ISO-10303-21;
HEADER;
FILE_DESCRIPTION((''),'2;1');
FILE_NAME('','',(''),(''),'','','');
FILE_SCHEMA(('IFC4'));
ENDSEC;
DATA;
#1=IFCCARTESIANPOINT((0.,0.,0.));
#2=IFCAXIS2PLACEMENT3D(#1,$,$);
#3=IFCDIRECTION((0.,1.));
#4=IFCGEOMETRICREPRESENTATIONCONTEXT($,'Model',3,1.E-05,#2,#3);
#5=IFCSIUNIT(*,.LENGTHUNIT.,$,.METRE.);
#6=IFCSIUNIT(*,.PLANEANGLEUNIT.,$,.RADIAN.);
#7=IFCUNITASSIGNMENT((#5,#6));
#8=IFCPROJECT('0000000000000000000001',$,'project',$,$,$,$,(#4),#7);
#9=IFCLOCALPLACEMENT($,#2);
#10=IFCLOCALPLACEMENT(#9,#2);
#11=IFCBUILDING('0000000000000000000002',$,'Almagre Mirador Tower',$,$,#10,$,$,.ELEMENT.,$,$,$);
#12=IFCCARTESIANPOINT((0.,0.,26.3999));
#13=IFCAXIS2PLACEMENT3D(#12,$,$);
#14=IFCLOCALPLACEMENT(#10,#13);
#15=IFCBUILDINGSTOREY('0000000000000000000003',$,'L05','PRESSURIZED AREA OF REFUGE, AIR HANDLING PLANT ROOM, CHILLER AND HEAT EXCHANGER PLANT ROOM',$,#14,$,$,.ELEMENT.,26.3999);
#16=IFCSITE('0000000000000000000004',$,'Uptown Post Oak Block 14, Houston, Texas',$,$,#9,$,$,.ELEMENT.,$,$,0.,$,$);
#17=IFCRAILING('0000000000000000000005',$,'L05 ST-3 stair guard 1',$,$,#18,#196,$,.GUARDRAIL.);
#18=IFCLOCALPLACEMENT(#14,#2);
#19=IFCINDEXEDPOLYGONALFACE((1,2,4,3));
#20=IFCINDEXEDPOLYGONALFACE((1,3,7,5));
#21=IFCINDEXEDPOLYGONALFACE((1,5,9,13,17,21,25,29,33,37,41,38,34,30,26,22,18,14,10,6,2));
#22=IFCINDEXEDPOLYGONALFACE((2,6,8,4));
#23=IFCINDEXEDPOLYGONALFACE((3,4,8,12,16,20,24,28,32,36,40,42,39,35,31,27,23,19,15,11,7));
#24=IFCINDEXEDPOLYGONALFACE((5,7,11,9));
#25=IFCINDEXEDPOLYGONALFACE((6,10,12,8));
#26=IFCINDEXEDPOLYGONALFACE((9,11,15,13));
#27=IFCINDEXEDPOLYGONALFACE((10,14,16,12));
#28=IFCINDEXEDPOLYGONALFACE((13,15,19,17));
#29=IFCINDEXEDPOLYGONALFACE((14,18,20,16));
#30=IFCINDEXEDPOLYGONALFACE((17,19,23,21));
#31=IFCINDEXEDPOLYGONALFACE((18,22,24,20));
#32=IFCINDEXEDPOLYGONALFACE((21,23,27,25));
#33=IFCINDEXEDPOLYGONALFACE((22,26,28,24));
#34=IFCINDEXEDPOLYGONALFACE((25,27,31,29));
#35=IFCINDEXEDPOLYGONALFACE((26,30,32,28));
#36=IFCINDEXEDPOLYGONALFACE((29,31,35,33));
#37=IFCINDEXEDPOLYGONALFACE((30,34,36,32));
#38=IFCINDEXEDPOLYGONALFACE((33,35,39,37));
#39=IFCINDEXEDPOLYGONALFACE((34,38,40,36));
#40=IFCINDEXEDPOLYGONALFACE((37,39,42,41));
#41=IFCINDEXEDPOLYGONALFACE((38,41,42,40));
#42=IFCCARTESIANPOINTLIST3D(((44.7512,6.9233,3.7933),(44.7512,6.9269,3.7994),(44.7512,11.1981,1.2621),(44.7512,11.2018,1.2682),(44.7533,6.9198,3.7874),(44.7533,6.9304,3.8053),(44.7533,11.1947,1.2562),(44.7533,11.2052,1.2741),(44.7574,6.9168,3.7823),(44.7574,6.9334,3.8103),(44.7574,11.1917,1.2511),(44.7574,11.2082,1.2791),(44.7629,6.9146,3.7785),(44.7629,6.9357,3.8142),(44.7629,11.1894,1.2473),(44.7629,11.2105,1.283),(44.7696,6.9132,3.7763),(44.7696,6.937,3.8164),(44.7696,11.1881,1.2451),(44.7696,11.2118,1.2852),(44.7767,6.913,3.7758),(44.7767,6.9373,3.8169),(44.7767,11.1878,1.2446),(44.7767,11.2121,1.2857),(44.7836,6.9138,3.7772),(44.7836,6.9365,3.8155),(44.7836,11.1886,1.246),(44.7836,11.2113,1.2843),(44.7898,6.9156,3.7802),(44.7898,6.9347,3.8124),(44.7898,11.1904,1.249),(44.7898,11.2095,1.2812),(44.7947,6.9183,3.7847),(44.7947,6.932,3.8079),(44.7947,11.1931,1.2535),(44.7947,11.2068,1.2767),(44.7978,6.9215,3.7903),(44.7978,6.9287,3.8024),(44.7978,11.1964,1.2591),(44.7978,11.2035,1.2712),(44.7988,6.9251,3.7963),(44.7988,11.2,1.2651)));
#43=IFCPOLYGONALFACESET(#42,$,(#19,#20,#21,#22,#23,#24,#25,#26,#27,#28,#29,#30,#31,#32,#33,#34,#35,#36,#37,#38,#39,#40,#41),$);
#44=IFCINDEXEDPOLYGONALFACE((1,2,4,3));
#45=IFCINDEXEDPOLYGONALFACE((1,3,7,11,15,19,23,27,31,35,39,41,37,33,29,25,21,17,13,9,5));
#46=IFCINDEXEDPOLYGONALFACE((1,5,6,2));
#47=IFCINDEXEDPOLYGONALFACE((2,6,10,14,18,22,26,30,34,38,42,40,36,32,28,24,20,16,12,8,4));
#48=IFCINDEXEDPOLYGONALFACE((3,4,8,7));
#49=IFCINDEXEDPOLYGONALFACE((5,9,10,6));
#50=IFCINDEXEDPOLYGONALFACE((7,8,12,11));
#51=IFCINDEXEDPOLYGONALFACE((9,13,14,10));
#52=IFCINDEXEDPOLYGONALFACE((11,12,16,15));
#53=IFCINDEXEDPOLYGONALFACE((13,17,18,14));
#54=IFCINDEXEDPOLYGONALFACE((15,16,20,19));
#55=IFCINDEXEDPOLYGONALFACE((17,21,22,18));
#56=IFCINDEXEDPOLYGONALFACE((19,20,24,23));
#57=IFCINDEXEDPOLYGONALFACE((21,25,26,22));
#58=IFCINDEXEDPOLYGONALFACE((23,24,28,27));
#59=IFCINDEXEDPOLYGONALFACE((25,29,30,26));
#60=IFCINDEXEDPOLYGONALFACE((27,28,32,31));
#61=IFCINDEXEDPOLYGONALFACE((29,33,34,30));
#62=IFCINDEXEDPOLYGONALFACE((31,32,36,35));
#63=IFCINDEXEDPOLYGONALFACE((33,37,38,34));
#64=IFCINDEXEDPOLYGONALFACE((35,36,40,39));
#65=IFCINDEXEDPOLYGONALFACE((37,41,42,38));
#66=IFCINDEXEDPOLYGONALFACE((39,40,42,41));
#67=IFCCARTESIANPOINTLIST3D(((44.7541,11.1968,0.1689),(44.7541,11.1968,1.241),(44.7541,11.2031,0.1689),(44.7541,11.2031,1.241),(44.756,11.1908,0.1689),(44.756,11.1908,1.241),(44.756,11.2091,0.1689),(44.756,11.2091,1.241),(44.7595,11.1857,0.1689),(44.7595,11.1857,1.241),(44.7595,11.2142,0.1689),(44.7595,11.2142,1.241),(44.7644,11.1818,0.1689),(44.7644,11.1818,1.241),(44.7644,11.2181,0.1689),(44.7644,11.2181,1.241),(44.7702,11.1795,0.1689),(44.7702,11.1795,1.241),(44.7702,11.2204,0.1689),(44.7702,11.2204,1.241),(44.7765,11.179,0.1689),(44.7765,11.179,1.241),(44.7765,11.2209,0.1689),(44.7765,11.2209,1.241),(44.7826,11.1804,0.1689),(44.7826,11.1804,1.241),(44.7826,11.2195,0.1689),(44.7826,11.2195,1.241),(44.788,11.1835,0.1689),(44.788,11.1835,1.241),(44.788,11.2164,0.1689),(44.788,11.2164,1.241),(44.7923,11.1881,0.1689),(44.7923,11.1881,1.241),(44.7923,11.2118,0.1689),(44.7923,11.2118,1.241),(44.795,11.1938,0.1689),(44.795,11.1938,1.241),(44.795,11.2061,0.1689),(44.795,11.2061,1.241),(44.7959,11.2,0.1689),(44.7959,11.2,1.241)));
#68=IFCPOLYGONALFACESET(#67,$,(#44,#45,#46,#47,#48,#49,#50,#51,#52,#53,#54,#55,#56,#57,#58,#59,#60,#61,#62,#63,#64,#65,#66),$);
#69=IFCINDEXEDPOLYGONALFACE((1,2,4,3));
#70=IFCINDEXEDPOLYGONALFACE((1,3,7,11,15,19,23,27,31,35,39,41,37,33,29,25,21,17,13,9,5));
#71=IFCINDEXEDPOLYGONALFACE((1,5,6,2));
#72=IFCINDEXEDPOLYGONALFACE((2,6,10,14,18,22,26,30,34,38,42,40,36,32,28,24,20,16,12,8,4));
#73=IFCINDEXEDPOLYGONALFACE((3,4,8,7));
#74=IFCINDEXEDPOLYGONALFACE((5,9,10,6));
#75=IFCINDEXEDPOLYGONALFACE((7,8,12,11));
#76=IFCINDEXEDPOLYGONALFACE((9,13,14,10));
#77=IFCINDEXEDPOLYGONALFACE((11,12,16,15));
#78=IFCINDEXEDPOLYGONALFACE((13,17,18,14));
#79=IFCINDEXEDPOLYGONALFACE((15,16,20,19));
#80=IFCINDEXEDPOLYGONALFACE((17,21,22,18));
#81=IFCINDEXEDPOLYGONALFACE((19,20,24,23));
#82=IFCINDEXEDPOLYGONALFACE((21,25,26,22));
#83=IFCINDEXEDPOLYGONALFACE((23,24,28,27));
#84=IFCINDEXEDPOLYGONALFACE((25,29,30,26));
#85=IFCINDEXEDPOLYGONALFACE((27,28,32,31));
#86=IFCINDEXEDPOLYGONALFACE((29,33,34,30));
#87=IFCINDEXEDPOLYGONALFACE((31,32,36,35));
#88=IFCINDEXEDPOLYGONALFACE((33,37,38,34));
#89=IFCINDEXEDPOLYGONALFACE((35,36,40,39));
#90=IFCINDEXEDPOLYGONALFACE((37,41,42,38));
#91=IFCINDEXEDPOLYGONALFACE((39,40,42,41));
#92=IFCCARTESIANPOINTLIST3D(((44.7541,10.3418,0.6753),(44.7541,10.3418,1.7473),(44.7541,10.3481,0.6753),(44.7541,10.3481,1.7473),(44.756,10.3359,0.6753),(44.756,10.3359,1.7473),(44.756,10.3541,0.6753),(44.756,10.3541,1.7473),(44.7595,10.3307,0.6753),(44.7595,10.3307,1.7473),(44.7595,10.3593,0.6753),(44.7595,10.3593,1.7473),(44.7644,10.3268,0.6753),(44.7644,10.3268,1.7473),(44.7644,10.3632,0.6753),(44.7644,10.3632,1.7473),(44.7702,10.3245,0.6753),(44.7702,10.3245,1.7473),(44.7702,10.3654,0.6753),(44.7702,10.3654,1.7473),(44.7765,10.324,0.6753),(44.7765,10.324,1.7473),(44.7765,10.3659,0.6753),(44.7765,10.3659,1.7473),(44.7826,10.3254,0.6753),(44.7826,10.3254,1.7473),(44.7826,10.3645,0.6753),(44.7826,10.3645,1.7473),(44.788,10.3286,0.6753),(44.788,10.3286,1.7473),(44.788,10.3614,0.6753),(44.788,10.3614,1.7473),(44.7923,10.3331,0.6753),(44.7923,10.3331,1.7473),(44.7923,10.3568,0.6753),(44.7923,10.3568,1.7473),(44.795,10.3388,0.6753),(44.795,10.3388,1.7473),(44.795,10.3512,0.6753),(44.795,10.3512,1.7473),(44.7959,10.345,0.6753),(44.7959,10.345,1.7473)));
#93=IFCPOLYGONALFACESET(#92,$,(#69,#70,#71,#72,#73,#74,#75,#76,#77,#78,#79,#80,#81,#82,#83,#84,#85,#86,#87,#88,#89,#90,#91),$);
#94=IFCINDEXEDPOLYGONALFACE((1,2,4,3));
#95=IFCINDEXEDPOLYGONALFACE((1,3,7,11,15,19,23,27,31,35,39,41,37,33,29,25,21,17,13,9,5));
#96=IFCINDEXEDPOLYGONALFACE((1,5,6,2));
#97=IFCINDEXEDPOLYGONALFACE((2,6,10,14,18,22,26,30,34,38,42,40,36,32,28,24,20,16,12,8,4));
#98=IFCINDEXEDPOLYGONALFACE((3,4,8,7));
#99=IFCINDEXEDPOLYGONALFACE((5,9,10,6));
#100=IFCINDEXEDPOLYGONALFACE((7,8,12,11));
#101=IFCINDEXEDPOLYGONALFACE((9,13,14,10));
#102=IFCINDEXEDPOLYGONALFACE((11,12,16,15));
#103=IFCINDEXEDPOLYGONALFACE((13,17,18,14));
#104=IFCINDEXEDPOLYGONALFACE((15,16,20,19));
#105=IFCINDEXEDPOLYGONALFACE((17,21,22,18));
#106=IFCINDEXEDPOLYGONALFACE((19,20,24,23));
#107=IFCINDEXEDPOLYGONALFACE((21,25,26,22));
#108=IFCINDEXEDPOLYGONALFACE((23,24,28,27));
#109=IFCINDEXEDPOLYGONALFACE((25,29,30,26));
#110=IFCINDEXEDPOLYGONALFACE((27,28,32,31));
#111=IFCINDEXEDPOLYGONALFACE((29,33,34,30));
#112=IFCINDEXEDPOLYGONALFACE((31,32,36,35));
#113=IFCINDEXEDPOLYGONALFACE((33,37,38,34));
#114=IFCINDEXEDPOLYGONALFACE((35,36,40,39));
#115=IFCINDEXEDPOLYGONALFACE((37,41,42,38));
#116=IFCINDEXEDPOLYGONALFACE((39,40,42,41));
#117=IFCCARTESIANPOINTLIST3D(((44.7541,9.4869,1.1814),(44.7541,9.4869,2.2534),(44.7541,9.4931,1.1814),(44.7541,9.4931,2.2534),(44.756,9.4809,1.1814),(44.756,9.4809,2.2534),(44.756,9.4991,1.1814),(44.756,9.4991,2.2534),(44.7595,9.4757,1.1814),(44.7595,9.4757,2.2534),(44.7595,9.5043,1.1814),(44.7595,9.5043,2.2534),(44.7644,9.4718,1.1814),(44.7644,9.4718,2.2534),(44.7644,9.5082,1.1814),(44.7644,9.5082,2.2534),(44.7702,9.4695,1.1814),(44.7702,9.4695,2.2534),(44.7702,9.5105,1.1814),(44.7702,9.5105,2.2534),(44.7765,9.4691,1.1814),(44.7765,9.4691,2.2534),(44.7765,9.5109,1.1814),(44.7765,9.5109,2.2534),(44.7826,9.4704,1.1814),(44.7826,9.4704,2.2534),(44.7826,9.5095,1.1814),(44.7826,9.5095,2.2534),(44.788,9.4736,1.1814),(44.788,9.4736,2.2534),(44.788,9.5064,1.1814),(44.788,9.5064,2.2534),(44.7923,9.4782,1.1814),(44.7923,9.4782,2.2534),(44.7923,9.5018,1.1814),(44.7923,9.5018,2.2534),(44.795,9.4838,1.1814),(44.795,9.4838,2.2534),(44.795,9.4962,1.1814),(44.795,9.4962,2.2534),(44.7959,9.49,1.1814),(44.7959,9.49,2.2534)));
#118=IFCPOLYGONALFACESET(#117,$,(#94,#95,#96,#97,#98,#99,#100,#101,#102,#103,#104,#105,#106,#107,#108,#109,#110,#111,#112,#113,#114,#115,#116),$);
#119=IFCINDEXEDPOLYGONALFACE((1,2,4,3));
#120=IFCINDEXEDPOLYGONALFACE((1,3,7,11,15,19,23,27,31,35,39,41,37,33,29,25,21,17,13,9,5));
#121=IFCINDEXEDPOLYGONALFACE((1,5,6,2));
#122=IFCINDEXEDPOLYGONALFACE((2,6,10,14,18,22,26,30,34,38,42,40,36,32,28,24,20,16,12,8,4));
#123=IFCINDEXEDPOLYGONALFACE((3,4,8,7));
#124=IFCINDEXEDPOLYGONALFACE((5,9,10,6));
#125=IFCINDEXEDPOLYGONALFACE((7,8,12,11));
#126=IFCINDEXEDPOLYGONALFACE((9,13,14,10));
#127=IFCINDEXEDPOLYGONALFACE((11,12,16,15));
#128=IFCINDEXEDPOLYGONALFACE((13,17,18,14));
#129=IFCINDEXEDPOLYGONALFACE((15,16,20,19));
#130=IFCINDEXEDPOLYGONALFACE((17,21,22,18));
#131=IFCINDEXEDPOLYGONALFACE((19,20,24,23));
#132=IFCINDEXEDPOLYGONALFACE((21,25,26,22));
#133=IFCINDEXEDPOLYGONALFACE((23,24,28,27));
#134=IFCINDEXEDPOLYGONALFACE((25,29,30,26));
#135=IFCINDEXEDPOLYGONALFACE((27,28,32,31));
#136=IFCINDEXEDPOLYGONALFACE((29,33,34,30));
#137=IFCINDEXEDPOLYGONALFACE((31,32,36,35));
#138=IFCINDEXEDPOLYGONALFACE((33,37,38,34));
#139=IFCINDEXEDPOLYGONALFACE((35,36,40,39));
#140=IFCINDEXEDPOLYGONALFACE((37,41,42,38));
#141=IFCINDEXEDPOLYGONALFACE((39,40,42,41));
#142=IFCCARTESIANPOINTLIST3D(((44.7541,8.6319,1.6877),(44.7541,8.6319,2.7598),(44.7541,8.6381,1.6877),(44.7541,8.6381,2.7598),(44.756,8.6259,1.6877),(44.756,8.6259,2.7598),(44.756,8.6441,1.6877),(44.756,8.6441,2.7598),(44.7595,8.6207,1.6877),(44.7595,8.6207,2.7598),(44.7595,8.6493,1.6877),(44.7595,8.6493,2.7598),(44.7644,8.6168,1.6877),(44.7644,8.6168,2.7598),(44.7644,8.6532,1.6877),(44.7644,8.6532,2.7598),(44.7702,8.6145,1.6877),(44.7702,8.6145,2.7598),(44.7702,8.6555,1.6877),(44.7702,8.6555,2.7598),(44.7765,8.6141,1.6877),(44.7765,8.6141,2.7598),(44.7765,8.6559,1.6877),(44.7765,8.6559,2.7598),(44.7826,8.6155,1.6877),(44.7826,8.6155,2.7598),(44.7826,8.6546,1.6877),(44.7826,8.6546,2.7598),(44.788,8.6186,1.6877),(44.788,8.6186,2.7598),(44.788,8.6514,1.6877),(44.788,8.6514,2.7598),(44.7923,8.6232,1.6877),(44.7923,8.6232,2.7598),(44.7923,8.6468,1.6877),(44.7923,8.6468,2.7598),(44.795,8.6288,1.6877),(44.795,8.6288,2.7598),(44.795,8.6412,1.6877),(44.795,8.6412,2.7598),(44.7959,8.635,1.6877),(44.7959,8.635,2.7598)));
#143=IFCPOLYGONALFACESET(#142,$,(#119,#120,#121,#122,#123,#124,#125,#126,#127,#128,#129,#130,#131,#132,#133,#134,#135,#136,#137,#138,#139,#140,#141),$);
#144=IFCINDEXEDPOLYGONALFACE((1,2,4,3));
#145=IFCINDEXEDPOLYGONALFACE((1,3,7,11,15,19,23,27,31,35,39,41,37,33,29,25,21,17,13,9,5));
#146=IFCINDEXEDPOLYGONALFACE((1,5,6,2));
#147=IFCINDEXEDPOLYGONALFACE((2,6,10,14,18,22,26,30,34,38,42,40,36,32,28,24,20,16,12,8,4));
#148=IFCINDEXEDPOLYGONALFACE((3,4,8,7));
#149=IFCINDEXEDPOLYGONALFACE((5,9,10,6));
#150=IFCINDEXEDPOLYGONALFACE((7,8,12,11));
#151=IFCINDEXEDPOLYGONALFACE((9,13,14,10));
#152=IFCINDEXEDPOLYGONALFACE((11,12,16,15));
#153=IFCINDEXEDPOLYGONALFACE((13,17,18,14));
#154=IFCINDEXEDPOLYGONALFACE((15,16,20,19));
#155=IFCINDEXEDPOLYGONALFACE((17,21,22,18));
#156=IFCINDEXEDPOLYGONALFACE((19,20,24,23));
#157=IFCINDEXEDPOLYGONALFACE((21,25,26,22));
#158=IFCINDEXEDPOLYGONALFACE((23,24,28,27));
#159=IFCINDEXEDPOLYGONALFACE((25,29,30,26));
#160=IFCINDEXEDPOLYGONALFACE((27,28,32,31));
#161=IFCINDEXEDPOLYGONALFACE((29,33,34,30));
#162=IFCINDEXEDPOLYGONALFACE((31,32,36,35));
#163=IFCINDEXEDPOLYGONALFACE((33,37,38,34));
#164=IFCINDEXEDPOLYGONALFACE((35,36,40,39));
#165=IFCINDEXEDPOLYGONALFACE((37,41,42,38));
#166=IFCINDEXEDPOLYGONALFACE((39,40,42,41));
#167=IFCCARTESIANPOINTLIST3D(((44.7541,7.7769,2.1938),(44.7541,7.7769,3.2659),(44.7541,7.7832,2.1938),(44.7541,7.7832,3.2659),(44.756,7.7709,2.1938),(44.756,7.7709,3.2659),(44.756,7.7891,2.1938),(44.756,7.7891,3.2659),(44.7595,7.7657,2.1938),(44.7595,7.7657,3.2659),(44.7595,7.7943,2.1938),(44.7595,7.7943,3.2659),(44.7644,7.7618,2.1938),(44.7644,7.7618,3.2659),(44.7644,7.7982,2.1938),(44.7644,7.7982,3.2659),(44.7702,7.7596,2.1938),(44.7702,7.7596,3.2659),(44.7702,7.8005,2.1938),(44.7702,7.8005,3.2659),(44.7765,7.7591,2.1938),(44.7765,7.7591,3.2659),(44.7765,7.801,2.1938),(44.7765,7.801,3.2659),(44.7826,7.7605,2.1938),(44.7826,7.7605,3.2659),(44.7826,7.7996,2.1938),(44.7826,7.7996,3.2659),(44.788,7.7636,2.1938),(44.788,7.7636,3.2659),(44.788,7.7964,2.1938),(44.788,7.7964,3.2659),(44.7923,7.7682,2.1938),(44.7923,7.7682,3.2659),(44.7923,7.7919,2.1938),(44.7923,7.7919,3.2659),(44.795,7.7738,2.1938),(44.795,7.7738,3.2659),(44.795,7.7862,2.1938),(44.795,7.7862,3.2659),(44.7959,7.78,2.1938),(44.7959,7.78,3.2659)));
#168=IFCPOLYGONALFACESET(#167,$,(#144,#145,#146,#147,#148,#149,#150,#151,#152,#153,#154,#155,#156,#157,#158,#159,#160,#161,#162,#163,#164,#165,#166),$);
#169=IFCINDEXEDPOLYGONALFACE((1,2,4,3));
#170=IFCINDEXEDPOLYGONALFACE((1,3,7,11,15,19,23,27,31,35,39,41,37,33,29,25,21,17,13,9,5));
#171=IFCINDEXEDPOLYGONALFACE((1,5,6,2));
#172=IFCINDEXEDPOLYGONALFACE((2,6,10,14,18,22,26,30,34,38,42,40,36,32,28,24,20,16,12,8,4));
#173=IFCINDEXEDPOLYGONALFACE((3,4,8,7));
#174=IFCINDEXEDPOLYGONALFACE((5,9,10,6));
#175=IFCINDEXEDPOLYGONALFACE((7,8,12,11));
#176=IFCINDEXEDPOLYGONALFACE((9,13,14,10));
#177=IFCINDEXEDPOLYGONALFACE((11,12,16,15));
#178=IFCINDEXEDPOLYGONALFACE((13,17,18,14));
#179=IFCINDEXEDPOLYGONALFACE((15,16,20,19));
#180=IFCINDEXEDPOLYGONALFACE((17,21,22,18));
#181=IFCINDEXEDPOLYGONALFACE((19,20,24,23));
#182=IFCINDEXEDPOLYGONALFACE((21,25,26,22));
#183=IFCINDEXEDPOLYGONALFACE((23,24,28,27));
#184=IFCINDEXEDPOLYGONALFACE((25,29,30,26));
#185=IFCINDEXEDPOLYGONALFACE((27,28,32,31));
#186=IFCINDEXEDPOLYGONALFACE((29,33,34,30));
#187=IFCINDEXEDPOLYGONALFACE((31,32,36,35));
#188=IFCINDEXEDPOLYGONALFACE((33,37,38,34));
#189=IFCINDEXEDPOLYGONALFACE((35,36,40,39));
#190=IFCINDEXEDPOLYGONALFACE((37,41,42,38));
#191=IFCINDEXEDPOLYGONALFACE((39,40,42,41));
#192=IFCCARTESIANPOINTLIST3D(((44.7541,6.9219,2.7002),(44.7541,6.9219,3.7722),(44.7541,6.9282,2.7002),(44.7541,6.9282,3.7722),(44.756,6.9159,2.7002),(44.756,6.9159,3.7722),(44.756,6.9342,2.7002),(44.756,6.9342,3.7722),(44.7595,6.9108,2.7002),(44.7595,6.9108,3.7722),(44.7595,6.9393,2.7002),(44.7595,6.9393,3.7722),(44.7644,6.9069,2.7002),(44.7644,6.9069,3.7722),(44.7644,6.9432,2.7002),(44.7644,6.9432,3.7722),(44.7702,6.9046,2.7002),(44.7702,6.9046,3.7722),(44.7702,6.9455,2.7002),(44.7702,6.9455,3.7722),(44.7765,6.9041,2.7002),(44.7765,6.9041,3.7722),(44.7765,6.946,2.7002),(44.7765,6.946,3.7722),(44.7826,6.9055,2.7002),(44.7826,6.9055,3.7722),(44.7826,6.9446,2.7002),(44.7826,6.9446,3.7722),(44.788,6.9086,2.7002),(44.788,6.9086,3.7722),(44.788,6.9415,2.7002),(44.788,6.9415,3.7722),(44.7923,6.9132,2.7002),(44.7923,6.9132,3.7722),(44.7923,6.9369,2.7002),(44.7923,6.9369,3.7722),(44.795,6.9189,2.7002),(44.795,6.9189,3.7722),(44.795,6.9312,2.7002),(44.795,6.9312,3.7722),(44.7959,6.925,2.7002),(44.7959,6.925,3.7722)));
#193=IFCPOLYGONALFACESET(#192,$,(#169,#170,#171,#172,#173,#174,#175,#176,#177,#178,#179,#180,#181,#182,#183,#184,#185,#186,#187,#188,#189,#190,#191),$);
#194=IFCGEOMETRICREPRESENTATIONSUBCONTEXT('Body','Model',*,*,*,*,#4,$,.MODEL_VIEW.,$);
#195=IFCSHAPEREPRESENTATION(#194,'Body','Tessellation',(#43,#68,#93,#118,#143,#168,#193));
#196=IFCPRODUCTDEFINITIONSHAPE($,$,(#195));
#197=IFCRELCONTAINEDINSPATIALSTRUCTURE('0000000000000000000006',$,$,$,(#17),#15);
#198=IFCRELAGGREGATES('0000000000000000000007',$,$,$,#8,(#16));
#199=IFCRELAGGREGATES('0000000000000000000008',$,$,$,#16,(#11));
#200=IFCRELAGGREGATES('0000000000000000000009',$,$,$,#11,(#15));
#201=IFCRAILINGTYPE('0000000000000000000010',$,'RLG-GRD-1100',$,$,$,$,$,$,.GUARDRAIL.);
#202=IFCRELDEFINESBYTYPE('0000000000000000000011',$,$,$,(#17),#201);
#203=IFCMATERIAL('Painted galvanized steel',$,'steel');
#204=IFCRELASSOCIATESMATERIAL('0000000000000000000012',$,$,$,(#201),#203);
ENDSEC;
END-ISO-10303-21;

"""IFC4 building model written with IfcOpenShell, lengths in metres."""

from ifc_helpers import new_model, si_unit, direction, frame, origin, origin_2d, place, context, subcontext, project, spatial, circle, extrude, material, type_object, element, save


model = new_model("IFC4")

# Units and contexts
model_context = context("Model", 3, precision=1e-05, world=origin(), true_north=direction((0.0, 1.0)))
body_context = subcontext(model_context, "Body", "Model", "MODEL_VIEW")
ifc_project = project(units=[si_unit("LENGTHUNIT", "METRE"), si_unit("PLANEANGLEUNIT", "RADIAN")], contexts=[model_context])

# Site, building, storey
site_placement = place(None, origin())
site = spatial("IfcSite", under=ifc_project, at=site_placement, Name="Uptown Post Oak Block 14, Houston, Texas", CompositionType="ELEMENT", RefElevation=0.0)
building_placement = place(site_placement, origin())
building = spatial("IfcBuilding", under=site, at=building_placement, Name="Almagre Mirador Tower", CompositionType="ELEMENT")
storey_placement = place(building_placement, frame((0.0, 0.0, 26.3999)))
storey = spatial("IfcBuildingStorey", under=building, at=storey_placement, Name="L05", Description="PRESSURIZED AREA OF REFUGE, AIR HANDLING PLANT ROOM, CHILLER AND HEAT EXCHANGER PLANT ROOM", CompositionType="ELEMENT", Elevation=26.3999)

# Railing
ifc_material_1 = material(Name="Painted galvanized steel", Category="steel")
railing_type_1 = type_object("IfcRailingType", Name="RLG-GRD-1100", PredefinedType="GUARDRAIL", material=ifc_material_1)
railing_1_placement = place(storey_placement, frame((44.7749, 11.2, 0.1689)))
element("IfcRailing", 1, at=railing_1_placement, inside=storey, type_object=railing_type_1, Name="L05 ST-3 stair guard 1", PredefinedType="GUARDRAIL", context=body_context, shape_type="SweptSolid", body=[
    extrude(circle(Radius=0.0239, at=origin_2d()), frame((0.0, 0.0, 1.0962), z_axis=(0.0, -0.86047, 0.509501), x_axis=(1.0, 0.0, 0.0)), (0.0, 0.0, 1.0), 4.968),
    extrude(circle(Radius=0.021, at=origin_2d()), origin(), (0.0, 0.0, 1.0), 1.072),
    extrude(circle(Radius=0.021, at=origin_2d()), frame((0.0, -0.855, 0.5063)), (0.0, 0.0, 1.0), 1.072),
    extrude(circle(Radius=0.021, at=origin_2d()), frame((0.0, -1.71, 1.0125)), (0.0, 0.0, 1.0), 1.072),
    extrude(circle(Radius=0.021, at=origin_2d()), frame((0.0, -2.5649, 1.5188)), (0.0, 0.0, 1.0), 1.072),
    extrude(circle(Radius=0.021, at=origin_2d()), frame((0.0, -3.4199, 2.0249)), (0.0, 0.0, 1.0), 1.072),
    extrude(circle(Radius=0.021, at=origin_2d()), frame((0.0, -4.2749, 2.5312)), (0.0, 0.0, 1.0), 1.072),
])

save(model, "model.ifc")
